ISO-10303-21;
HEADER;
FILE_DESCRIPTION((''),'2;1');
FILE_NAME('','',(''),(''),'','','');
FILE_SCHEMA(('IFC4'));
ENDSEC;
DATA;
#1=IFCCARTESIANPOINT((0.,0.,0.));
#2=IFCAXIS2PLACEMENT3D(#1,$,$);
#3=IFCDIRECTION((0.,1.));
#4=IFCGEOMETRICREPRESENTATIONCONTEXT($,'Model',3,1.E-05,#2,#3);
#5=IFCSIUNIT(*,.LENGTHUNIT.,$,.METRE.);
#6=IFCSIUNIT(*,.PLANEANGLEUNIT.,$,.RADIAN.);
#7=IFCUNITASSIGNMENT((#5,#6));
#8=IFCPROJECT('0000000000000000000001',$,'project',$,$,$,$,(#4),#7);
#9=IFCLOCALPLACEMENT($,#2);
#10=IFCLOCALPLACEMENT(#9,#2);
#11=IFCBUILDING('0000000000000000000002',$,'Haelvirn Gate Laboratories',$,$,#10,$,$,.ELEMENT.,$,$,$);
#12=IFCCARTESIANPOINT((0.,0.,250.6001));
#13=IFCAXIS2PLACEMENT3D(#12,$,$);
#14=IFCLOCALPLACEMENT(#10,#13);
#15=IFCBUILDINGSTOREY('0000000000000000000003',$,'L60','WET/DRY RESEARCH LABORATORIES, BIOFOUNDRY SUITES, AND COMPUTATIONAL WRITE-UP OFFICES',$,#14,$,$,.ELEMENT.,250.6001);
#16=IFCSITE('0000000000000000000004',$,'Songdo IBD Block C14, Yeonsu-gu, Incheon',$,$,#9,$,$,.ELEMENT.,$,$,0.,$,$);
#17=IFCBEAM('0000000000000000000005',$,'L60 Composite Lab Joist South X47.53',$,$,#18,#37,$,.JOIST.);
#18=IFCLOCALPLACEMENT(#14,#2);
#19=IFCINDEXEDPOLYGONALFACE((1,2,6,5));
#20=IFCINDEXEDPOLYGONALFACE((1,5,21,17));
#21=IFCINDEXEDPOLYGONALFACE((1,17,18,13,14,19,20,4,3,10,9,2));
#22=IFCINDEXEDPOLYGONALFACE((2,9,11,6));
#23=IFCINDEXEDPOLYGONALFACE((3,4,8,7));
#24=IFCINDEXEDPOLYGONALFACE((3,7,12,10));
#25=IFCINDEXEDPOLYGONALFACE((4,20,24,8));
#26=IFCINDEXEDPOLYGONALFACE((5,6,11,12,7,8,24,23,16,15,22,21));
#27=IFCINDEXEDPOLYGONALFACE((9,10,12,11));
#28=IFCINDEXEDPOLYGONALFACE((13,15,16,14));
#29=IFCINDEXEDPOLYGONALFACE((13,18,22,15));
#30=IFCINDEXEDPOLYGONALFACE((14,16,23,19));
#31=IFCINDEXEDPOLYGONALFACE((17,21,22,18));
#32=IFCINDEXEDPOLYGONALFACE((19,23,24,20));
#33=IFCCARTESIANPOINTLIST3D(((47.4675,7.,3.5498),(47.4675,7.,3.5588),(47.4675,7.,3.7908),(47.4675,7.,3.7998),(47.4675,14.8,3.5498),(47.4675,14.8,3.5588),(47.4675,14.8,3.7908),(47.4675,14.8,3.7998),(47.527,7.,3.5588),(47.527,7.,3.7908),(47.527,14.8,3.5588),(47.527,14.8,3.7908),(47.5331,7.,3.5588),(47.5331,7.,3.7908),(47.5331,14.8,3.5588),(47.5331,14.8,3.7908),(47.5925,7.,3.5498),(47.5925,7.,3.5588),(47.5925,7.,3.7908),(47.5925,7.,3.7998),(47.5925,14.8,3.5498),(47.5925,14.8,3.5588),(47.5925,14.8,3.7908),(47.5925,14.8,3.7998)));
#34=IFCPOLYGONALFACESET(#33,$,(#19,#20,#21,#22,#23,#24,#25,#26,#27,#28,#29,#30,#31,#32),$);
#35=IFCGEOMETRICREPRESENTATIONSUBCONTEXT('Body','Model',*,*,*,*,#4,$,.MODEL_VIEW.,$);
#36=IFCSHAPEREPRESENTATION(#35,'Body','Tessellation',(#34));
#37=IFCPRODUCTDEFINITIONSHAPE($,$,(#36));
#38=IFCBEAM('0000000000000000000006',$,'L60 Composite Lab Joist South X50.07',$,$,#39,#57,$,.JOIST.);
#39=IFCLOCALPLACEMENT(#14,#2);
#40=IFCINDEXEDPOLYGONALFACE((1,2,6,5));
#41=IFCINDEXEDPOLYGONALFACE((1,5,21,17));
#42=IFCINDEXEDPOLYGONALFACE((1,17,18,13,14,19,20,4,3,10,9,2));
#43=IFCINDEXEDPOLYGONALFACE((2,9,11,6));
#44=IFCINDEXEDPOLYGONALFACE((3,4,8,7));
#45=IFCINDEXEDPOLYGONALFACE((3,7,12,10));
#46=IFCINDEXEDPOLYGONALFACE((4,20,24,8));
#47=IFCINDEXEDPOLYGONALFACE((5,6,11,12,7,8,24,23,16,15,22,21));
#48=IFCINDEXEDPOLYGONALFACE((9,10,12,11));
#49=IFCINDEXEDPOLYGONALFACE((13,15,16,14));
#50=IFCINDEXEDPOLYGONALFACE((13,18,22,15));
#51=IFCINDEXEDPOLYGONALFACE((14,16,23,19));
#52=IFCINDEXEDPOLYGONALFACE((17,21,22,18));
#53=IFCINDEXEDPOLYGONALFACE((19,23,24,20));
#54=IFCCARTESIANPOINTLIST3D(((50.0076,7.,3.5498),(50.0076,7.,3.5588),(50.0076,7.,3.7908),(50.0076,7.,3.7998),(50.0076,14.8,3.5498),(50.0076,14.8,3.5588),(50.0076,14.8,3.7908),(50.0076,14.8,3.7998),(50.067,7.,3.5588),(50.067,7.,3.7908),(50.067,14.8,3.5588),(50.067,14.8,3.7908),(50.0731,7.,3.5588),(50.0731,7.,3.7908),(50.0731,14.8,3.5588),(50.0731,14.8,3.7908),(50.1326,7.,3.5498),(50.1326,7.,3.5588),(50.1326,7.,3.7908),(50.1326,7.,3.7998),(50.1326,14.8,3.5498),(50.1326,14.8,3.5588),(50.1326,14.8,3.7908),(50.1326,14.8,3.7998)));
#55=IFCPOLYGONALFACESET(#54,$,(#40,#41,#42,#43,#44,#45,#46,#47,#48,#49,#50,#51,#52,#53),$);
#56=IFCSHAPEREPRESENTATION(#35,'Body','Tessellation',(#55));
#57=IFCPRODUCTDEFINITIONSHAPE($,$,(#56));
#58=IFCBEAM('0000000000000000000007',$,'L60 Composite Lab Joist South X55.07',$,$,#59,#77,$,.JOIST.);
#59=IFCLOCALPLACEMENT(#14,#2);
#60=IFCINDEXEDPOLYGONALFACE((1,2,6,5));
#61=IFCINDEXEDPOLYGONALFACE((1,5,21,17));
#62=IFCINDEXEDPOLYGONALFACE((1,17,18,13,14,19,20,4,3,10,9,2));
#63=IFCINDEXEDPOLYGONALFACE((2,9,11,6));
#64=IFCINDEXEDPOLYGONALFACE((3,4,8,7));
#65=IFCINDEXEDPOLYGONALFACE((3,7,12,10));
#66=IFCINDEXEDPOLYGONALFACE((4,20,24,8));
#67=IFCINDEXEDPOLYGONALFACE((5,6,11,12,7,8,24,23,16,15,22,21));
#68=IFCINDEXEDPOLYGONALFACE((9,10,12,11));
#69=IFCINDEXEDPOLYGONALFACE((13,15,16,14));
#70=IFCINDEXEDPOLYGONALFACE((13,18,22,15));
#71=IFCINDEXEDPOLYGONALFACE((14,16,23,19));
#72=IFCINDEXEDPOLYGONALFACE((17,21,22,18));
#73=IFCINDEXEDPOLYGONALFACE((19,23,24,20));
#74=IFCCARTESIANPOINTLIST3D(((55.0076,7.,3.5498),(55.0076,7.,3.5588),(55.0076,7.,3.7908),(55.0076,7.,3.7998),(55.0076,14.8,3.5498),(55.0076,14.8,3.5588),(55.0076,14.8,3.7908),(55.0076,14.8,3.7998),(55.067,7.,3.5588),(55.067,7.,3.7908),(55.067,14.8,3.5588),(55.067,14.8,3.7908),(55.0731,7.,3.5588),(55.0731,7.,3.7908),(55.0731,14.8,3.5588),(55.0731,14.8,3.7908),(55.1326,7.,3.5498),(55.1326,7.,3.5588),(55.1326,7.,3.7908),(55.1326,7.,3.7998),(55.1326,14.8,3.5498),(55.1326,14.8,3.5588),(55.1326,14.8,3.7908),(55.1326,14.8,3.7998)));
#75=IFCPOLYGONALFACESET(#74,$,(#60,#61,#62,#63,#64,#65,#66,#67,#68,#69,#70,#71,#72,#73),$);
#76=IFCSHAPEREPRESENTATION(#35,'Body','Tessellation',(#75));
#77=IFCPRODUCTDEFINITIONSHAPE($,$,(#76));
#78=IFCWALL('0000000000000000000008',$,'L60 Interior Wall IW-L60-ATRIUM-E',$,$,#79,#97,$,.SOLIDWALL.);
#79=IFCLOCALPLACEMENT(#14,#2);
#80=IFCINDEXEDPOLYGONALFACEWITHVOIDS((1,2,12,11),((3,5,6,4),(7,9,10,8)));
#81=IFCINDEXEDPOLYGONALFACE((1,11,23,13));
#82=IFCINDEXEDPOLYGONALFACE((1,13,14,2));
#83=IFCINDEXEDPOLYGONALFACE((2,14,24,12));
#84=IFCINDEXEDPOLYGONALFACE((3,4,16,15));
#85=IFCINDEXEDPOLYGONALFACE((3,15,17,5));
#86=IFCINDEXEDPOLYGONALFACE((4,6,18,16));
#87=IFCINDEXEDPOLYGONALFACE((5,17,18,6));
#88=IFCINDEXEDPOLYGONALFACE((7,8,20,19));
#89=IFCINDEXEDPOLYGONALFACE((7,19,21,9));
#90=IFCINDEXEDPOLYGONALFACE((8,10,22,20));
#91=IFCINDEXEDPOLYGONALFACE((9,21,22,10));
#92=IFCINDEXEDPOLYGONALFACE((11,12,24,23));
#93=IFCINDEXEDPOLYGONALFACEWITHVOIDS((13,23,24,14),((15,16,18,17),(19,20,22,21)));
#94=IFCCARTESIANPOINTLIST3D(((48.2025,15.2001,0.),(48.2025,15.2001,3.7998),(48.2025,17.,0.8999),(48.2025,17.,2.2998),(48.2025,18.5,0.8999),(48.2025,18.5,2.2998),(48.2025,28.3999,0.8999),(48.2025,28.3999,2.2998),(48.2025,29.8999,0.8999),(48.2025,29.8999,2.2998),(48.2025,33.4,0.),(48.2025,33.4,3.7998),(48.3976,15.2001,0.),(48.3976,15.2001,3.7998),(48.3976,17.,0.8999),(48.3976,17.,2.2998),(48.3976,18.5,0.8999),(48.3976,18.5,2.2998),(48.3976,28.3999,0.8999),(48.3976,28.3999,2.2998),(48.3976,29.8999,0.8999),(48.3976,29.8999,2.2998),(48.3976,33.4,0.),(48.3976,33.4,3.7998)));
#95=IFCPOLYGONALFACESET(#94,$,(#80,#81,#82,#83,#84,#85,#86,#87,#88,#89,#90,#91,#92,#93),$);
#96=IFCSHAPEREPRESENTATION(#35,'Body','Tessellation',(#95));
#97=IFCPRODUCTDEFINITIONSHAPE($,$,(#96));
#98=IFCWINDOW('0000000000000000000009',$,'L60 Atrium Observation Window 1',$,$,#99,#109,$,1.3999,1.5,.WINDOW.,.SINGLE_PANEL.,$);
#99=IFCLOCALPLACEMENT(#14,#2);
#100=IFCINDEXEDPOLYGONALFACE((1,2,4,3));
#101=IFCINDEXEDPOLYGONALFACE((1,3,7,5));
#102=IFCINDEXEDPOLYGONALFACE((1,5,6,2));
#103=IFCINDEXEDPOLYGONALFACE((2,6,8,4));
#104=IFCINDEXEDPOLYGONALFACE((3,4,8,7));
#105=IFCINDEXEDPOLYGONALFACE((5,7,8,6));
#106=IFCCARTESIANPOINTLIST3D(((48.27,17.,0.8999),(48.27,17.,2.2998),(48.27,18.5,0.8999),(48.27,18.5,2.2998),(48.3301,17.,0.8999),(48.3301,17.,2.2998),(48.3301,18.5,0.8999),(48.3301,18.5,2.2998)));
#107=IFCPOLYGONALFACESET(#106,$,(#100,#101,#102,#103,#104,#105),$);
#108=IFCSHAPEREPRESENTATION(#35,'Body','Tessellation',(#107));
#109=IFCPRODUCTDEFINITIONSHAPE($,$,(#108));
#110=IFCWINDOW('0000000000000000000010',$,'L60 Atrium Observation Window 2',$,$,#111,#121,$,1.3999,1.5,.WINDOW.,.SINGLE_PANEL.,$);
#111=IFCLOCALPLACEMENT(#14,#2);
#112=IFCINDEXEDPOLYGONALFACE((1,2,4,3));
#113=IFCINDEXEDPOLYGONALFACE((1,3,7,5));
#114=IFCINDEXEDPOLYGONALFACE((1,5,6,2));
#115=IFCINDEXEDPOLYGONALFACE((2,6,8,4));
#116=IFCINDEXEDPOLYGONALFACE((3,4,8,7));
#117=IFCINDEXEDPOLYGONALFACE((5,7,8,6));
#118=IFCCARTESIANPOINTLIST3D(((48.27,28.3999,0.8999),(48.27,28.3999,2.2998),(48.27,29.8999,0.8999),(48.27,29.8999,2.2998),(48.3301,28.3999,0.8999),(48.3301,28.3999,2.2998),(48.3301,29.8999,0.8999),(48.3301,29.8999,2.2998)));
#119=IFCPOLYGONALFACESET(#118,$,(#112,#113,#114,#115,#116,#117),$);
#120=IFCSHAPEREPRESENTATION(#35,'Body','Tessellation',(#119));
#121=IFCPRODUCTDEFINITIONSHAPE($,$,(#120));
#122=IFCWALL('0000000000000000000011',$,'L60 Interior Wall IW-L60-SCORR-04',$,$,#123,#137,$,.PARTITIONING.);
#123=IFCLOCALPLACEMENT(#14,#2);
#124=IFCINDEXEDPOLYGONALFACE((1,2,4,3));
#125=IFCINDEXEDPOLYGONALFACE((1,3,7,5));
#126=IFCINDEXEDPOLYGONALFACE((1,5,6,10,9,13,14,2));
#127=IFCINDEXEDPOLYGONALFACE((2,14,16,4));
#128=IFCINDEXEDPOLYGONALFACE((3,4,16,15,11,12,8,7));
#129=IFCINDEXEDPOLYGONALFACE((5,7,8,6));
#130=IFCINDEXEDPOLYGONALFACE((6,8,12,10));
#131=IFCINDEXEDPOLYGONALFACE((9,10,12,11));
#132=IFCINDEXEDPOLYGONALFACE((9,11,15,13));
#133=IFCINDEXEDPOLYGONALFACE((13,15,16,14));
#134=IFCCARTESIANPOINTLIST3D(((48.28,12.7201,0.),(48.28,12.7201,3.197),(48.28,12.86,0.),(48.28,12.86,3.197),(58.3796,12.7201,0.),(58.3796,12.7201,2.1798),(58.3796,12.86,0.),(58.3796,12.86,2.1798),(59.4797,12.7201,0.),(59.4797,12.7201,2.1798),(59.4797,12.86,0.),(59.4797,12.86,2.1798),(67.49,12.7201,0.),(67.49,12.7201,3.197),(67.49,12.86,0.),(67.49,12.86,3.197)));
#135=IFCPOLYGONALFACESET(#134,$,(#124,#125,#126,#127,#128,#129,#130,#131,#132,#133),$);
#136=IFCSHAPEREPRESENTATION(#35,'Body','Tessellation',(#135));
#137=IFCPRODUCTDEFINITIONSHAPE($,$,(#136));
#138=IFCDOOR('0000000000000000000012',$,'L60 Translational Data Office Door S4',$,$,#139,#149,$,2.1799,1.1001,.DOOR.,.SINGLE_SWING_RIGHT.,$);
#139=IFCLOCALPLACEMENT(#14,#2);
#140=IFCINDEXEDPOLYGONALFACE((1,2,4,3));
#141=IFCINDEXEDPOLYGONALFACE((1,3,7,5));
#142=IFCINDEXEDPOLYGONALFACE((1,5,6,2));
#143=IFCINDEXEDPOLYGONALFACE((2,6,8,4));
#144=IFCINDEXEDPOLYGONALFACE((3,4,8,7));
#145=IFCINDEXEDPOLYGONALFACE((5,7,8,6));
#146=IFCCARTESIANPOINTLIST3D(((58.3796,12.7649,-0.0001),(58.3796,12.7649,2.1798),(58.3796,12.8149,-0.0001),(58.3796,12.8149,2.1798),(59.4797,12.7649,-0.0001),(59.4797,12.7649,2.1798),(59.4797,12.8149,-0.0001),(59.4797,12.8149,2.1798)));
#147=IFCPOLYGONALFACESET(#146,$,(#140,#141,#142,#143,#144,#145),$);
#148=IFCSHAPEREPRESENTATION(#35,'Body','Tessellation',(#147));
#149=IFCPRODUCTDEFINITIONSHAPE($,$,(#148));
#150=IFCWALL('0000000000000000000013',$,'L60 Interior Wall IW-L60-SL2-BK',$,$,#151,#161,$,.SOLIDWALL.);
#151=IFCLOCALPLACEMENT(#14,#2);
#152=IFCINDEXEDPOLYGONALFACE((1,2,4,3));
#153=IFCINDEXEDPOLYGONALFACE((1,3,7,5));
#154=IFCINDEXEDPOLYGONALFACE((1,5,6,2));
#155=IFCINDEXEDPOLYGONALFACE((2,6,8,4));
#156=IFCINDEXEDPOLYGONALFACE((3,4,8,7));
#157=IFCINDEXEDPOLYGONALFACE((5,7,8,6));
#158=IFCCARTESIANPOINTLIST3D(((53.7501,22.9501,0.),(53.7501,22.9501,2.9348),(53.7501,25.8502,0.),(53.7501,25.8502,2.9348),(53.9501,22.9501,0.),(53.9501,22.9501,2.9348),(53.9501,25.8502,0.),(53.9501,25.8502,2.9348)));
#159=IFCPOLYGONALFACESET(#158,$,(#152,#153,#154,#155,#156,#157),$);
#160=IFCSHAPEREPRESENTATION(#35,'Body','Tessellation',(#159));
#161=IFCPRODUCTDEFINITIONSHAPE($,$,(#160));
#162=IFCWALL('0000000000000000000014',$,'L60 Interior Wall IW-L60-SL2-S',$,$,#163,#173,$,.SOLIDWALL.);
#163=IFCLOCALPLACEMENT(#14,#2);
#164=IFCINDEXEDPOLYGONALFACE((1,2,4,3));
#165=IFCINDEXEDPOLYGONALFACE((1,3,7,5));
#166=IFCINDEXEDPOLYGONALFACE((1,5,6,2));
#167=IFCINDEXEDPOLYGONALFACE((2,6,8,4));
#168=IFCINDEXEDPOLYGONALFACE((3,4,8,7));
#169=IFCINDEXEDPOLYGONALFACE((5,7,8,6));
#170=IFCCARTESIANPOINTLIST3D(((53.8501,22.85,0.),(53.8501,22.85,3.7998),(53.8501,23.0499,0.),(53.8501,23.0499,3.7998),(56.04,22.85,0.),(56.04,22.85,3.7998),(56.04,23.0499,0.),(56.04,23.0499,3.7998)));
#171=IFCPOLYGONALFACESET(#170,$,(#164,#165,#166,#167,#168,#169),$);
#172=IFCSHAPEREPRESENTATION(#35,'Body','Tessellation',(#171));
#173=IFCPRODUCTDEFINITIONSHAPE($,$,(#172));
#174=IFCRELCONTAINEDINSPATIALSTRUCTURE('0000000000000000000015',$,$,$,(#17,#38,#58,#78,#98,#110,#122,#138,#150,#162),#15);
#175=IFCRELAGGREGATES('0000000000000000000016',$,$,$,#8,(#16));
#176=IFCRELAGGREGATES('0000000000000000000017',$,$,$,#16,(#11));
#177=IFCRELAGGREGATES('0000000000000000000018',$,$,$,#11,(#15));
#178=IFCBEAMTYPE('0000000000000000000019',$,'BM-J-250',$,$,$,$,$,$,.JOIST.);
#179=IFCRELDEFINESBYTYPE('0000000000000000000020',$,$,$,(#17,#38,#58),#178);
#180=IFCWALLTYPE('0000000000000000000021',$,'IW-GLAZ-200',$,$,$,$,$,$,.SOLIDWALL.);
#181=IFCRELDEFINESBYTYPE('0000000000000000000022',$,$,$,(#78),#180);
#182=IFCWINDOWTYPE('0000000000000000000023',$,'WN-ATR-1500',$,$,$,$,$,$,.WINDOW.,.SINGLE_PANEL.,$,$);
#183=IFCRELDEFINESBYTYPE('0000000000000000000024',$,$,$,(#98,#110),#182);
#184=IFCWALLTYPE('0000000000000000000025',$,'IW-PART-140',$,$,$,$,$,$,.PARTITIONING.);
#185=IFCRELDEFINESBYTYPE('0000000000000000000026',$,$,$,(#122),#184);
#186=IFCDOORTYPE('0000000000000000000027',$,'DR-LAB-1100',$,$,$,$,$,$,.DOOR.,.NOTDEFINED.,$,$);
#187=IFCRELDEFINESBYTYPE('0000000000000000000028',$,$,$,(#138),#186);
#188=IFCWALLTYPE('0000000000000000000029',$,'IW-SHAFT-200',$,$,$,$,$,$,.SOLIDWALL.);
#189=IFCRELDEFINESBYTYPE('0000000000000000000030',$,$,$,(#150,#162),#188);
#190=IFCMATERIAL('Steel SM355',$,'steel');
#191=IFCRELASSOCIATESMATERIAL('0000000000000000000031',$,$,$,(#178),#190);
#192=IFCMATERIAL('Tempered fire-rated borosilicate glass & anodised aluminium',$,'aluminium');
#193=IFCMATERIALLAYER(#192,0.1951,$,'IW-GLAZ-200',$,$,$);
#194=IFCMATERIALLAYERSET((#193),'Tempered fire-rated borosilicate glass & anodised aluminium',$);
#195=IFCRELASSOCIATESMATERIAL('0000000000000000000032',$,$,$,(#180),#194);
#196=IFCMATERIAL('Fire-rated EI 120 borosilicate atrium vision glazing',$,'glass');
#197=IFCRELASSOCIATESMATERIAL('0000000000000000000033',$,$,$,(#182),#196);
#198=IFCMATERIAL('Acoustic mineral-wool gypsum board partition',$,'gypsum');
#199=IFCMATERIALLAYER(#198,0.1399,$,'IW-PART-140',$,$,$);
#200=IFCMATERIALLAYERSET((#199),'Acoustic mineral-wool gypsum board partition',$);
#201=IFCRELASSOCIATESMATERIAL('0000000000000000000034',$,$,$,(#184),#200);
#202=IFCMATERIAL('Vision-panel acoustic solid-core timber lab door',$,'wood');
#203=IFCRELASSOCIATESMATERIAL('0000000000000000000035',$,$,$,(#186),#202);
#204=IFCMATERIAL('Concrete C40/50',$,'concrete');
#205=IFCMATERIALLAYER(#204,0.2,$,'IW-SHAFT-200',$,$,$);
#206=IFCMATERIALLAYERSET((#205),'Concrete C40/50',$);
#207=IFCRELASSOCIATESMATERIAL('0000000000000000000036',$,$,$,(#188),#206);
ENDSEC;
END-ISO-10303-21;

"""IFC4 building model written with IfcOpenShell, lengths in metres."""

from ifc_helpers import new_model, si_unit, direction, frame, frame_2d, origin, origin_2d, place, context, subcontext, project, spatial, rectangle, i_section, extrude, source, transform, mapped, material, layer, layer_set, material_profile, profile_set, type_object, type_shapes, element, fill, save


model = new_model("IFC4")

# Units and contexts
model_context = context("Model", 3, precision=1e-05, world=origin(), true_north=direction((0.0, 1.0)))
body_context = subcontext(model_context, "Body", "Model", "MODEL_VIEW")
ifc_project = project(units=[si_unit("LENGTHUNIT", "METRE"), si_unit("PLANEANGLEUNIT", "RADIAN")], contexts=[model_context])

# Site, building, storey
site_placement = place(None, origin())
site = spatial("IfcSite", under=ifc_project, at=site_placement, Name="Songdo IBD Block C14, Yeonsu-gu, Incheon", CompositionType="ELEMENT", RefElevation=0.0)
building_placement = place(site_placement, origin())
building = spatial("IfcBuilding", under=site, at=building_placement, Name="Haelvirn Gate Laboratories", CompositionType="ELEMENT")
storey_placement = place(building_placement, frame((0.0, 0.0, 250.6001)))
storey = spatial("IfcBuildingStorey", under=building, at=storey_placement, Name="L60", Description="WET/DRY RESEARCH LABORATORIES, BIOFOUNDRY SUITES, AND COMPUTATIONAL WRITE-UP OFFICES", CompositionType="ELEMENT", Elevation=250.6001)

# Shared definitions
ifc_material_1 = material(Name="Steel SM355", Category="steel")

# Beams
ifc_material_profile_1 = material_profile(ifc_material_1, i_section(OverallWidth=0.125, OverallDepth=0.25, WebThickness=0.0061, FlangeThickness=0.009, at=origin_2d()), Name="H-250x125x6x9")
ifc_profile_set_1 = profile_set([ifc_material_profile_1], Name="Steel SM355")
beam_type_1 = type_object("IfcBeamType", Name="BM-J-250", PredefinedType="JOIST", material=ifc_profile_set_1)
shared_shape_1 = source(origin(), body_context, "Body", "SweptSolid", [
    extrude(i_section(OverallWidth=0.125, OverallDepth=0.25, WebThickness=0.0061, FlangeThickness=0.009, at=origin_2d()), origin(), (0.0, 0.0, 1.0), 7.8),
])
type_shapes(beam_type_1, [shared_shape_1])
for number, where, z_axis, x_axis, name in (
    (1, (47.53, 7.0, 3.6748), (0.0, 1.0, 0.0), (-1.0, 0.0, 0.0), "L60 Composite Lab Joist South X47.53"),
    (2, (50.0701, 7.0, 3.6748), (0.0, 1.0, 0.0), (-1.0, 0.0, 0.0), "L60 Composite Lab Joist South X50.07"),
    (3, (55.0701, 7.0, 3.6748), (0.0, 1.0, 0.0), (-1.0, 0.0, 0.0), "L60 Composite Lab Joist South X55.07"),
):
    element("IfcBeam", number, at=place(storey_placement, frame(where, z_axis=z_axis, x_axis=x_axis)), inside=storey, type_object=beam_type_1, Name=name, PredefinedType="JOIST", context=body_context, shape_type="MappedRepresentation", body=[
        mapped(shared_shape_1, transform((0.0, 0.0, 0.0), scale=1.0)),
    ])

# Wall, openings, windows
ifc_material_2 = material(Name="Tempered fire-rated borosilicate glass & anodised aluminium", Category="aluminium")
ifc_layer_1 = layer(ifc_material_2, 0.1951, Name="IW-GLAZ-200")
ifc_layer_set_1 = layer_set([ifc_layer_1], Name="Tempered fire-rated borosilicate glass & anodised aluminium")
wall_type_1 = type_object("IfcWallType", Name="IW-GLAZ-200", PredefinedType="SOLIDWALL", material=ifc_layer_set_1)
wall_1_placement = place(storey_placement, frame((48.3, 15.2, 0.0), z_axis=(0.0, 0.0, 1.0), x_axis=(0.0, 1.0, 0.0)))
wall_1 = element("IfcWall", 4, at=wall_1_placement, inside=storey, type_object=wall_type_1, Name="L60 Interior Wall IW-L60-ATRIUM-E", PredefinedType="SOLIDWALL", context=body_context, shape_type="SweptSolid", body=[
    extrude(rectangle(XDim=18.2, YDim=0.1951, at=frame_2d((9.1001, 0.0))), origin(), (0.0, 0.0, 1.0), 3.7998),
])
opening_1_placement = place(wall_1_placement, frame((1.8, 0.0, 0.8999)))
opening_1 = element("IfcOpeningElement", 5, at=opening_1_placement, cuts=wall_1, PredefinedType="OPENING", context=body_context, shape_type="SweptSolid", body=[
    extrude(rectangle(XDim=1.5, YDim=1.3999, at=frame_2d((0.75, 0.7))), frame((0.0, 0.1074, 0.0), z_axis=(0.0, -1.0, 0.0), x_axis=(1.0, 0.0, 0.0)), (0.0, 0.0, 1.0), 0.2151),
])
opening_2_placement = place(wall_1_placement, frame((13.2, 0.0, 0.8999)))
opening_2 = element("IfcOpeningElement", 6, at=opening_2_placement, cuts=wall_1, PredefinedType="OPENING", context=body_context, shape_type="SweptSolid", body=[
    extrude(rectangle(XDim=1.5, YDim=1.3999, at=frame_2d((0.75, 0.7))), frame((0.0, 0.1074, 0.0), z_axis=(0.0, -1.0, 0.0), x_axis=(1.0, 0.0, 0.0)), (0.0, 0.0, 1.0), 0.2151),
])
ifc_material_3 = material(Name="Fire-rated EI 120 borosilicate atrium vision glazing", Category="glass")
window_type = type_object("IfcWindowType", Name="WN-ATR-1500", PartitioningType="SINGLE_PANEL", PredefinedType="WINDOW", material=ifc_material_3)
shared_shape_2 = source(origin(), body_context, "Body", "SweptSolid", [
    extrude(rectangle(XDim=1.5, YDim=1.3999, at=frame_2d((0.75, 0.7))), frame((0.0, 0.03, 0.0), z_axis=(0.0, -1.0, 0.0), x_axis=(1.0, 0.0, 0.0)), (0.0, 0.0, 1.0), 0.0601),
])
type_shapes(window_type, [shared_shape_2])
window_1_placement = place(opening_1_placement, origin())
window_1 = element("IfcWindow", 7, at=window_1_placement, inside=storey, type_object=window_type, Name="L60 Atrium Observation Window 1", OverallHeight=1.3999, OverallWidth=1.5, PartitioningType="SINGLE_PANEL", PredefinedType="WINDOW", context=body_context, shape_type="MappedRepresentation", body=[
    mapped(shared_shape_2, transform((0.0, 0.0, 0.0), scale=1.0)),
])
fill(opening_1, window_1)
window_2_placement = place(opening_2_placement, origin())
window_2 = element("IfcWindow", 8, at=window_2_placement, inside=storey, type_object=window_type, Name="L60 Atrium Observation Window 2", OverallHeight=1.3999, OverallWidth=1.5, PartitioningType="SINGLE_PANEL", PredefinedType="WINDOW", context=body_context, shape_type="MappedRepresentation", body=[
    mapped(shared_shape_2, transform((0.0, 0.0, 0.0), scale=1.0)),
])
fill(opening_2, window_2)

# Wall, opening, door
ifc_material_4 = material(Name="Acoustic mineral-wool gypsum board partition", Category="gypsum")
ifc_layer_2 = layer(ifc_material_4, 0.1399, Name="IW-PART-140")
ifc_layer_set_2 = layer_set([ifc_layer_2], Name="Acoustic mineral-wool gypsum board partition")
wall_type_2 = type_object("IfcWallType", Name="IW-PART-140", PredefinedType="PARTITIONING", material=ifc_layer_set_2)
wall_2_placement = place(storey_placement, frame((48.28, 12.79, 0.0), z_axis=(0.0, 0.0, 1.0), x_axis=(1.0, 0.0, 0.0)))
wall_2 = element("IfcWall", 9, at=wall_2_placement, inside=storey, type_object=wall_type_2, Name="L60 Interior Wall IW-L60-SCORR-04", PredefinedType="PARTITIONING", context=body_context, shape_type="SweptSolid", body=[
    extrude(rectangle(XDim=19.21, YDim=0.1399, at=frame_2d((9.605, 0.0))), origin(), (0.0, 0.0, 1.0), 3.197),
])
opening_3_placement = place(wall_2_placement, frame((10.0996, 0.0, 0.0)))
opening_3 = element("IfcOpeningElement", 10, at=opening_3_placement, cuts=wall_2, PredefinedType="OPENING", context=body_context, shape_type="SweptSolid", body=[
    extrude(rectangle(XDim=1.1001, YDim=2.1799, at=frame_2d((0.55, 1.0898))), frame((0.0, 0.0801, 0.0), z_axis=(0.0, -1.0, 0.0), x_axis=(1.0, 0.0, 0.0)), (0.0, 0.0, 1.0), 0.1599),
])
ifc_material_5 = material(Name="Vision-panel acoustic solid-core timber lab door", Category="wood")
door_type_1 = type_object("IfcDoorType", Name="DR-LAB-1100", OperationType="NOTDEFINED", PredefinedType="DOOR", material=ifc_material_5)
shared_shape_3 = source(origin(), body_context, "Body", "SweptSolid", [
    extrude(rectangle(XDim=1.1001, YDim=2.1799, at=frame_2d((0.55, 1.0898))), frame((0.0, 0.0249, 0.0), z_axis=(0.0, -1.0, 0.0), x_axis=(1.0, 0.0, 0.0)), (0.0, 0.0, 1.0), 0.05),
])
type_shapes(door_type_1, [shared_shape_3])
door_1_placement = place(opening_3_placement, origin())
door_1 = element("IfcDoor", 11, at=door_1_placement, inside=storey, type_object=door_type_1, Name="L60 Translational Data Office Door S4", OperationType="SINGLE_SWING_RIGHT", OverallHeight=2.1799, OverallWidth=1.1001, PredefinedType="DOOR", context=body_context, shape_type="MappedRepresentation", body=[
    mapped(shared_shape_3, transform((0.0, 0.0, 0.0), scale=1.0)),
])
fill(opening_3, door_1)

# Walls
ifc_material_6 = material(Name="Concrete C40/50", Category="concrete")
ifc_layer_3 = layer(ifc_material_6, 0.2, Name="IW-SHAFT-200")
ifc_layer_set_3 = layer_set([ifc_layer_3], Name="Concrete C40/50")
wall_type_3 = type_object("IfcWallType", Name="IW-SHAFT-200", PredefinedType="SOLIDWALL", material=ifc_layer_set_3)
wall_3_placement = place(storey_placement, frame((53.8501, 22.95, 0.0), z_axis=(0.0, 0.0, 1.0), x_axis=(0.0, 1.0, 0.0)))
element("IfcWall", 12, at=wall_3_placement, inside=storey, type_object=wall_type_3, Name="L60 Interior Wall IW-L60-SL2-BK", PredefinedType="SOLIDWALL", context=body_context, shape_type="SweptSolid", body=[
    extrude(rectangle(XDim=2.9001, YDim=0.2, at=frame_2d((1.4502, 0.0))), origin(), (0.0, 0.0, 1.0), 2.9348),
])
wall_4_placement = place(storey_placement, frame((53.8501, 22.95, 0.0), z_axis=(0.0, 0.0, 1.0), x_axis=(1.0, 0.0, 0.0)))
element("IfcWall", 13, at=wall_4_placement, inside=storey, type_object=wall_type_3, Name="L60 Interior Wall IW-L60-SL2-S", PredefinedType="SOLIDWALL", context=body_context, shape_type="SweptSolid", body=[
    extrude(rectangle(XDim=2.1899, YDim=0.2, at=frame_2d((1.095, 0.0))), origin(), (0.0, 0.0, 1.0), 3.7998),
])

save(model, "model.ifc")
